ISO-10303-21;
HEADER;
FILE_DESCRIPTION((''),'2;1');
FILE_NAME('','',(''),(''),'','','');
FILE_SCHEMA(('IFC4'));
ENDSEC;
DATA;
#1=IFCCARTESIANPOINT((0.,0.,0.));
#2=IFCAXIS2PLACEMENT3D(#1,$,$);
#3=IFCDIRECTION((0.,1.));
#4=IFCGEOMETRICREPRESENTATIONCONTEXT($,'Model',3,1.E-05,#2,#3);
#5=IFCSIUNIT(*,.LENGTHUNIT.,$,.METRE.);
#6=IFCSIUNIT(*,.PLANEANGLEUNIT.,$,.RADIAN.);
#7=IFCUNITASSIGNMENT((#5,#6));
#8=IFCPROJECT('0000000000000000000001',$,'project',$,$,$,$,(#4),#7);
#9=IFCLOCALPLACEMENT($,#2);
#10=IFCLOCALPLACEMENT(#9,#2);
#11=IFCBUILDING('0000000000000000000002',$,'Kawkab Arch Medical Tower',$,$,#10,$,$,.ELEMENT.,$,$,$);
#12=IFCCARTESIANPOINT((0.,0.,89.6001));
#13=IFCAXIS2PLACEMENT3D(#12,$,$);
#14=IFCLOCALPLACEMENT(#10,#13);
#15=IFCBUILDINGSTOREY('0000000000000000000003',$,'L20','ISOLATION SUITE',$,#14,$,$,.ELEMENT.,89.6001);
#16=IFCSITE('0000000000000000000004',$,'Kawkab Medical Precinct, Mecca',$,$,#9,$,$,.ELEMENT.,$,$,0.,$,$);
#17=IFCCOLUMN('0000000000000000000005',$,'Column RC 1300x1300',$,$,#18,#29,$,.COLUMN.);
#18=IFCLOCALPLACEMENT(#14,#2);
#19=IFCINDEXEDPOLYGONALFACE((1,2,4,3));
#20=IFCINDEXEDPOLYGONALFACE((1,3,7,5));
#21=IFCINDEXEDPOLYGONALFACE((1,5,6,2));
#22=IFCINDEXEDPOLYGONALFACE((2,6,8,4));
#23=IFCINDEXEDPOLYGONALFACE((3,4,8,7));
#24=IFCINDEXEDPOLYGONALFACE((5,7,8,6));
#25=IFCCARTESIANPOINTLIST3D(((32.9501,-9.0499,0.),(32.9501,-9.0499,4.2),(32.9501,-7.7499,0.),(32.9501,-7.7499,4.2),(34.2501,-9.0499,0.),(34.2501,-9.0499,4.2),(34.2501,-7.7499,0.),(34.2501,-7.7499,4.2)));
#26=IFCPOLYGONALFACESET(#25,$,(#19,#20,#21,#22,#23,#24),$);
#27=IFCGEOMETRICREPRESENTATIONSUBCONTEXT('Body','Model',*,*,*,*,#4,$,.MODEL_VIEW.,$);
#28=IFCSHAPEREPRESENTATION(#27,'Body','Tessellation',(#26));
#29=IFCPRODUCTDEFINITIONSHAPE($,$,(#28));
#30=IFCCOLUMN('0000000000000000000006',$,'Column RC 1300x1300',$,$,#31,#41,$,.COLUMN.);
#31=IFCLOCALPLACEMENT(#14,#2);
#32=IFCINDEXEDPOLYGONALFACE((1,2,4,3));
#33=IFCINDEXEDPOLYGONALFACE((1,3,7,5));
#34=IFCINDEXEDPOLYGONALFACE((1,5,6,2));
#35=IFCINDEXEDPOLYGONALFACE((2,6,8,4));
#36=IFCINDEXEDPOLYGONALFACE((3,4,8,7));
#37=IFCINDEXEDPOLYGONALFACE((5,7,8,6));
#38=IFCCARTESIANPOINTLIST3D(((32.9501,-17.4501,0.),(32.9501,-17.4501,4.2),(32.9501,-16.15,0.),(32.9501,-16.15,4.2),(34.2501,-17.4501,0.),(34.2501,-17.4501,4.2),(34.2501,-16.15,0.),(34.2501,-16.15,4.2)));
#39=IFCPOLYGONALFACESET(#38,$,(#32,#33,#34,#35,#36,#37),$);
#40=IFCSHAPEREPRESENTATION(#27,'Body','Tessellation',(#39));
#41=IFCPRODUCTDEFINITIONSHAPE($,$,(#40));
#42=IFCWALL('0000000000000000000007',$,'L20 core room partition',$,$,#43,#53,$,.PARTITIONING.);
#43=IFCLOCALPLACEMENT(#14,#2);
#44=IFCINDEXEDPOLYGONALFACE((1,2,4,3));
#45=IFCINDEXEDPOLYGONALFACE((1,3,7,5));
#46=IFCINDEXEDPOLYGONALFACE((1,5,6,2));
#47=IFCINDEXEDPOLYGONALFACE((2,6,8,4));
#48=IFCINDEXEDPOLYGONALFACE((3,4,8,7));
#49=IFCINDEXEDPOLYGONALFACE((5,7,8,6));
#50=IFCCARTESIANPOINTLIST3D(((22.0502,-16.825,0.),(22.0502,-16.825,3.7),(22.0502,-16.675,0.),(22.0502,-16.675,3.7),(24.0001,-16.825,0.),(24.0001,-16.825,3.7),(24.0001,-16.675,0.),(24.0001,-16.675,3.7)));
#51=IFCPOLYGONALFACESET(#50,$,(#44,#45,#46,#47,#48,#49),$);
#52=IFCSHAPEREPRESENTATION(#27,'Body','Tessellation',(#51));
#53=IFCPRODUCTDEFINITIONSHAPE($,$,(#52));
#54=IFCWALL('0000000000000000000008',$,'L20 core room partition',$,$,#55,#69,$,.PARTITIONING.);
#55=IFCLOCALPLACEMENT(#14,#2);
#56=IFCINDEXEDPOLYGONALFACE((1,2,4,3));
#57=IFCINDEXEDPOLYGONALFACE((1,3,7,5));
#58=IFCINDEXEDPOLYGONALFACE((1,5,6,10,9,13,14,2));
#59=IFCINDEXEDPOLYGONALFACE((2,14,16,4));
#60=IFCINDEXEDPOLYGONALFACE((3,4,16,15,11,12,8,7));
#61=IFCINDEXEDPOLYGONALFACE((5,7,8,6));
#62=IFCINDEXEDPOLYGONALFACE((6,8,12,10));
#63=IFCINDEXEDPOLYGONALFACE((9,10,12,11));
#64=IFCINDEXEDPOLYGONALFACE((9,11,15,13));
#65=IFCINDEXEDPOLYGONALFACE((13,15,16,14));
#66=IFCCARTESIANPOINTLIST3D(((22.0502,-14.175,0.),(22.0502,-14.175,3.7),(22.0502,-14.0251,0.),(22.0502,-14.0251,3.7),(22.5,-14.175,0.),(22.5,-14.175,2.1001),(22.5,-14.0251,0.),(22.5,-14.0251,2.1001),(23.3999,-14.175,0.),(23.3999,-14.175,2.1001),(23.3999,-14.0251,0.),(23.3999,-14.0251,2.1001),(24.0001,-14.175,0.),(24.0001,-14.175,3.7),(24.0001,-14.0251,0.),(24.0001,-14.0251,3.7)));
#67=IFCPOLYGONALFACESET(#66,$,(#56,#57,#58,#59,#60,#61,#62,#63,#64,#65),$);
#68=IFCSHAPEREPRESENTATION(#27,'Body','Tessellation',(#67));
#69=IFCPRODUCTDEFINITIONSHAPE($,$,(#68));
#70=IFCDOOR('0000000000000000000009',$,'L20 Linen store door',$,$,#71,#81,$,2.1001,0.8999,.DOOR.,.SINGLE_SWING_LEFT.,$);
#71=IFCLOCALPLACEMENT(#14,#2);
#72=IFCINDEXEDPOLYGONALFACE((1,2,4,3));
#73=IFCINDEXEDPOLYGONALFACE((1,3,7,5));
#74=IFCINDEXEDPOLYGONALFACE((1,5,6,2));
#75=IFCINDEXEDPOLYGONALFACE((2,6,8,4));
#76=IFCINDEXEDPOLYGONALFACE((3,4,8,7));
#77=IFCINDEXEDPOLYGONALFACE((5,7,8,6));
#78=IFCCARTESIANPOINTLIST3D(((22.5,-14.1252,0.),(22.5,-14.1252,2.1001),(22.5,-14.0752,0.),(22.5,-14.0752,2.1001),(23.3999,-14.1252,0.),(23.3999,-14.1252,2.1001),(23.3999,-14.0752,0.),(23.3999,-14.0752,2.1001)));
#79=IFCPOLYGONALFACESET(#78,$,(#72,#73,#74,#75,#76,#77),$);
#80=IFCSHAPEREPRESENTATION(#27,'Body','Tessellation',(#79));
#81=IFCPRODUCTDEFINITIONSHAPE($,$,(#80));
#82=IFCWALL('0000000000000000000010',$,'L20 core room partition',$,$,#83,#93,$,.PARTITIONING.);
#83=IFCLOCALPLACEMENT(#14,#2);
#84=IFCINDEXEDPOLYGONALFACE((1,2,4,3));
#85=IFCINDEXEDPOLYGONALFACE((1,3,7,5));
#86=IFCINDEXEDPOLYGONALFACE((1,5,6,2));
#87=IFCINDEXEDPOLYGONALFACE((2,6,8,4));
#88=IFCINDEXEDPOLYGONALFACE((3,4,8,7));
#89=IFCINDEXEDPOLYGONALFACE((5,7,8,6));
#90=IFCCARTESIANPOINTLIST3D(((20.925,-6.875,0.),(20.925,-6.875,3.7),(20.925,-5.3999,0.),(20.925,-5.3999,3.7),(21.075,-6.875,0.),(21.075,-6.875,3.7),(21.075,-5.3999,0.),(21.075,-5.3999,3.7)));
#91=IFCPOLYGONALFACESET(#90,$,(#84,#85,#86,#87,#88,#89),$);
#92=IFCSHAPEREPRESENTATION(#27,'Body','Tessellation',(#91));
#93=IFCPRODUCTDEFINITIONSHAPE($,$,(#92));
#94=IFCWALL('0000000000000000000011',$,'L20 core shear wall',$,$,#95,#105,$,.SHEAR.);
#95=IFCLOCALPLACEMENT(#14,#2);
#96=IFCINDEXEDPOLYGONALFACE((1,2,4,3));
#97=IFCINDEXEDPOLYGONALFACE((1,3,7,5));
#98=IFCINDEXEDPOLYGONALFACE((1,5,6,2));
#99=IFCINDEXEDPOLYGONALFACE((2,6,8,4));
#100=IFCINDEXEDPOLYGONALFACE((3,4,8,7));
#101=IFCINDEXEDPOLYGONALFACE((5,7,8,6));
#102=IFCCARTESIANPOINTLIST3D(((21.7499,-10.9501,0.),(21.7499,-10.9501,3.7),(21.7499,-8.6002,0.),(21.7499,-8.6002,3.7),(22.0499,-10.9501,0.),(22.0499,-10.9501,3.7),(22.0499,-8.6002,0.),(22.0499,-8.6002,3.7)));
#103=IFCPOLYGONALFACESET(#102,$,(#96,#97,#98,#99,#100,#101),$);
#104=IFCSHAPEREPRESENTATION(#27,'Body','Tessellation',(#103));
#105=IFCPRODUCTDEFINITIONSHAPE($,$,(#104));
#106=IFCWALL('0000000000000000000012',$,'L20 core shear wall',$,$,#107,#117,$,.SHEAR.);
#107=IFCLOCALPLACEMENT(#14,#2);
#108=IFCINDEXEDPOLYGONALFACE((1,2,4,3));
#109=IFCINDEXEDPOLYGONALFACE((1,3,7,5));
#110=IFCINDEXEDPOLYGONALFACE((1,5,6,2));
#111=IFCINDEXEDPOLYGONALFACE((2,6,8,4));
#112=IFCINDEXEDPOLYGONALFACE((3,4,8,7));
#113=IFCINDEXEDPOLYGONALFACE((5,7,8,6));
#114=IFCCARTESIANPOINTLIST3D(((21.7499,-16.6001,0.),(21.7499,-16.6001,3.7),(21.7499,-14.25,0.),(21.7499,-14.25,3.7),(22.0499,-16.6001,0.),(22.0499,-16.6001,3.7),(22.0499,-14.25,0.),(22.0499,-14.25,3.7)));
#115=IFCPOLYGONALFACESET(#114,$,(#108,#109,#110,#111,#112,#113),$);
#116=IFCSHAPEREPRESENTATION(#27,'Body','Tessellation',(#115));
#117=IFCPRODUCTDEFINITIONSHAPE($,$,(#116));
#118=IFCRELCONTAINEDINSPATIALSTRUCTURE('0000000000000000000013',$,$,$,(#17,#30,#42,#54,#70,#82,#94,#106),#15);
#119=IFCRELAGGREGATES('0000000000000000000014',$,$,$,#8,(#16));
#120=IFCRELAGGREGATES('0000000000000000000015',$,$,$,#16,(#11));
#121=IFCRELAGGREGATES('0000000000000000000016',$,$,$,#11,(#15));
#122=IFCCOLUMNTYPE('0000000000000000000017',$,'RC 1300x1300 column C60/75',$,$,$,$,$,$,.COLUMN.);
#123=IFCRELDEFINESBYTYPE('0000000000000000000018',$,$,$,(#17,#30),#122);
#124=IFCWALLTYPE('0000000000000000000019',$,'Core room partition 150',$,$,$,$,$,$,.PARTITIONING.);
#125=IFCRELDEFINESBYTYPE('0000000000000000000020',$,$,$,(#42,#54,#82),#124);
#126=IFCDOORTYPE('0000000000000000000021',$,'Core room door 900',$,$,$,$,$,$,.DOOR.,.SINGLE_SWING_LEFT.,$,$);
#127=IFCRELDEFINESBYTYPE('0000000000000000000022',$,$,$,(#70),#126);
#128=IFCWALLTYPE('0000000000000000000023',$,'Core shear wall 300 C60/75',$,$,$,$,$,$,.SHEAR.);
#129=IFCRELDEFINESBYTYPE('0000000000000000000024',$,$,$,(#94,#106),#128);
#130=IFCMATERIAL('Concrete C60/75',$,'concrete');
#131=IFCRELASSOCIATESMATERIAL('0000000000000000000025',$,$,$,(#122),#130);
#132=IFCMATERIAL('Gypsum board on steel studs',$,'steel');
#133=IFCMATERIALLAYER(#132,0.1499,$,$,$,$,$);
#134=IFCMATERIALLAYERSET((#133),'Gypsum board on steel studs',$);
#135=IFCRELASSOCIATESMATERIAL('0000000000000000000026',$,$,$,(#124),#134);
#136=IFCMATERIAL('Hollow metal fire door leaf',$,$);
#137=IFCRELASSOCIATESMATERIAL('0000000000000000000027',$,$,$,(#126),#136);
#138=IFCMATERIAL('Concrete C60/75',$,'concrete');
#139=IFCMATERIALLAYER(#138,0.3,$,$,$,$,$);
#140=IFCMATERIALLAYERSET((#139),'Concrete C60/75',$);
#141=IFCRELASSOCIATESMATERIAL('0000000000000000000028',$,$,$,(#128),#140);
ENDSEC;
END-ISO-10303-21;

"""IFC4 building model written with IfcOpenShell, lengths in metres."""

from ifc_helpers import new_model, si_unit, direction, frame, frame_2d, origin, origin_2d, place, context, subcontext, project, spatial, rectangle, extrude, material, layer, layer_set, material_profile, profile_set, type_object, element, fill, save


model = new_model("IFC4")

# Units and contexts
model_context = context("Model", 3, precision=1e-05, world=origin(), true_north=direction((0.0, 1.0)))
body_context = subcontext(model_context, "Body", "Model", "MODEL_VIEW")
ifc_project = project(units=[si_unit("LENGTHUNIT", "METRE"), si_unit("PLANEANGLEUNIT", "RADIAN")], contexts=[model_context])

# Site, building, storey
site_placement = place(None, origin())
site = spatial("IfcSite", under=ifc_project, at=site_placement, Name="Kawkab Medical Precinct, Mecca", CompositionType="ELEMENT", RefElevation=0.0)
building_placement = place(site_placement, origin())
building = spatial("IfcBuilding", under=site, at=building_placement, Name="Kawkab Arch Medical Tower", CompositionType="ELEMENT")
storey_placement = place(building_placement, frame((0.0, 0.0, 89.6001)))
storey = spatial("IfcBuildingStorey", under=building, at=storey_placement, Name="L20", Description="ISOLATION SUITE", CompositionType="ELEMENT", Elevation=89.6001)

# Columns
ifc_material_1 = material(Name="Concrete C60/75", Category="concrete")
ifc_material_profile = material_profile(ifc_material_1, rectangle(XDim=1.3, YDim=1.3, at=origin_2d()), Name="RC 1300x1300")
ifc_profile_set = profile_set([ifc_material_profile], Name="Concrete C60/75")
column_type = type_object("IfcColumnType", Name="RC 1300x1300 column C60/75", PredefinedType="COLUMN", material=ifc_profile_set)
for number, where, z_axis, x_axis, name in (
    (1, (33.6001, -8.3999, 0.0), (0.0, 0.0, 1.0), (1.0, 0.0, 0.0), "Column RC 1300x1300"),
    (2, (33.6001, -16.8, 0.0), (0.0, 0.0, 1.0), (1.0, 0.0, 0.0), "Column RC 1300x1300"),
):
    element("IfcColumn", number, at=place(storey_placement, frame(where, z_axis=z_axis, x_axis=x_axis)), inside=storey, type_object=column_type, Name=name, PredefinedType="COLUMN", context=body_context, shape_type="SweptSolid", body=[
        extrude(rectangle(XDim=1.3, YDim=1.3, at=origin_2d()), origin(), (0.0, 0.0, 1.0), 4.2),
    ])

# Wall
ifc_material_2 = material(Name="Gypsum board on steel studs", Category="steel")
ifc_layer_1 = layer(ifc_material_2, 0.1499)
ifc_layer_set_1 = layer_set([ifc_layer_1], Name="Gypsum board on steel studs")
wall_type_1 = type_object("IfcWallType", Name="Core room partition 150", PredefinedType="PARTITIONING", material=ifc_layer_set_1)
wall_1_placement = place(storey_placement, frame((22.05, -16.75, 0.0), z_axis=(0.0, 0.0, 1.0), x_axis=(1.0, 0.0, 0.0)))
element("IfcWall", 3, at=wall_1_placement, inside=storey, type_object=wall_type_1, Name="L20 core room partition", PredefinedType="PARTITIONING", context=body_context, shape_type="SweptSolid", body=[
    extrude(rectangle(XDim=1.95, YDim=0.1499, at=frame_2d((0.9751, 0.0))), origin(), (0.0, 0.0, 1.0), 3.7),
])

# Wall, opening, door
wall_2_placement = place(storey_placement, frame((22.05, -14.1001, 0.0), z_axis=(0.0, 0.0, 1.0), x_axis=(1.0, 0.0, 0.0)))
wall_2 = element("IfcWall", 4, at=wall_2_placement, inside=storey, type_object=wall_type_1, Name="L20 core room partition", PredefinedType="PARTITIONING", context=body_context, shape_type="SweptSolid", body=[
    extrude(rectangle(XDim=1.95, YDim=0.1499, at=frame_2d((0.9751, 0.0))), origin(), (0.0, 0.0, 1.0), 3.7),
])
opening_1_placement = place(wall_2_placement, frame((0.45, 0.0, 0.0)))
opening_1 = element("IfcOpeningElement", 5, at=opening_1_placement, cuts=wall_2, PredefinedType="OPENING", context=body_context, shape_type="SweptSolid", body=[
    extrude(rectangle(XDim=0.8999, YDim=2.1001, at=frame_2d((0.45, 1.05))), frame((0.0, 0.085, 0.0), z_axis=(0.0, -1.0, 0.0), x_axis=(1.0, 0.0, 0.0)), (0.0, 0.0, 1.0), 0.1699),
])
ifc_material_3 = material(Name="Hollow metal fire door leaf")
door_type_1 = type_object("IfcDoorType", Name="Core room door 900", OperationType="SINGLE_SWING_LEFT", PredefinedType="DOOR", material=ifc_material_3)
door_1_placement = place(opening_1_placement, origin())
door_1 = element("IfcDoor", 6, at=door_1_placement, inside=storey, type_object=door_type_1, Name="L20 Linen store door", OperationType="SINGLE_SWING_LEFT", OverallHeight=2.1001, OverallWidth=0.8999, PredefinedType="DOOR", context=body_context, shape_type="SweptSolid", body=[
    extrude(rectangle(XDim=0.8999, YDim=2.1001, at=frame_2d((0.45, 1.05))), frame((0.0, 0.0249, 0.0), z_axis=(0.0, -1.0, 0.0), x_axis=(1.0, 0.0, 0.0)), (0.0, 0.0, 1.0), 0.05),
])
fill(opening_1, door_1)

# Walls
wall_3_placement = place(storey_placement, frame((21.0, -6.875, 0.0), z_axis=(0.0, 0.0, 1.0), x_axis=(0.0, 1.0, 0.0)))
element("IfcWall", 7, at=wall_3_placement, inside=storey, type_object=wall_type_1, Name="L20 core room partition", PredefinedType="PARTITIONING", context=body_context, shape_type="SweptSolid", body=[
    extrude(rectangle(XDim=1.4751, YDim=0.1499, at=frame_2d((0.7375, 0.0))), origin(), (0.0, 0.0, 1.0), 3.7),
])
ifc_material_4 = material(Name="Concrete C60/75", Category="concrete")
ifc_layer_2 = layer(ifc_material_4, 0.3)
ifc_layer_set_2 = layer_set([ifc_layer_2], Name="Concrete C60/75")
wall_type_2 = type_object("IfcWallType", Name="Core shear wall 300 C60/75", PredefinedType="SHEAR", material=ifc_layer_set_2)
wall_4_placement = place(storey_placement, frame((21.8999, -10.95, 0.0), z_axis=(0.0, 0.0, 1.0), x_axis=(0.0, 1.0, 0.0)))
element("IfcWall", 8, at=wall_4_placement, inside=storey, type_object=wall_type_2, Name="L20 core shear wall", PredefinedType="SHEAR", context=body_context, shape_type="SweptSolid", body=[
    extrude(rectangle(XDim=2.3499, YDim=0.3, at=frame_2d((1.1748, 0.0))), origin(), (0.0, 0.0, 1.0), 3.7),
])
wall_5_placement = place(storey_placement, frame((21.8999, -16.6001, 0.0), z_axis=(0.0, 0.0, 1.0), x_axis=(0.0, 1.0, 0.0)))
element("IfcWall", 9, at=wall_5_placement, inside=storey, type_object=wall_type_2, Name="L20 core shear wall", PredefinedType="SHEAR", context=body_context, shape_type="SweptSolid", body=[
    extrude(rectangle(XDim=2.3501, YDim=0.3, at=frame_2d((1.175, 0.0))), origin(), (0.0, 0.0, 1.0), 3.7),
])

save(model, "model.ifc")
